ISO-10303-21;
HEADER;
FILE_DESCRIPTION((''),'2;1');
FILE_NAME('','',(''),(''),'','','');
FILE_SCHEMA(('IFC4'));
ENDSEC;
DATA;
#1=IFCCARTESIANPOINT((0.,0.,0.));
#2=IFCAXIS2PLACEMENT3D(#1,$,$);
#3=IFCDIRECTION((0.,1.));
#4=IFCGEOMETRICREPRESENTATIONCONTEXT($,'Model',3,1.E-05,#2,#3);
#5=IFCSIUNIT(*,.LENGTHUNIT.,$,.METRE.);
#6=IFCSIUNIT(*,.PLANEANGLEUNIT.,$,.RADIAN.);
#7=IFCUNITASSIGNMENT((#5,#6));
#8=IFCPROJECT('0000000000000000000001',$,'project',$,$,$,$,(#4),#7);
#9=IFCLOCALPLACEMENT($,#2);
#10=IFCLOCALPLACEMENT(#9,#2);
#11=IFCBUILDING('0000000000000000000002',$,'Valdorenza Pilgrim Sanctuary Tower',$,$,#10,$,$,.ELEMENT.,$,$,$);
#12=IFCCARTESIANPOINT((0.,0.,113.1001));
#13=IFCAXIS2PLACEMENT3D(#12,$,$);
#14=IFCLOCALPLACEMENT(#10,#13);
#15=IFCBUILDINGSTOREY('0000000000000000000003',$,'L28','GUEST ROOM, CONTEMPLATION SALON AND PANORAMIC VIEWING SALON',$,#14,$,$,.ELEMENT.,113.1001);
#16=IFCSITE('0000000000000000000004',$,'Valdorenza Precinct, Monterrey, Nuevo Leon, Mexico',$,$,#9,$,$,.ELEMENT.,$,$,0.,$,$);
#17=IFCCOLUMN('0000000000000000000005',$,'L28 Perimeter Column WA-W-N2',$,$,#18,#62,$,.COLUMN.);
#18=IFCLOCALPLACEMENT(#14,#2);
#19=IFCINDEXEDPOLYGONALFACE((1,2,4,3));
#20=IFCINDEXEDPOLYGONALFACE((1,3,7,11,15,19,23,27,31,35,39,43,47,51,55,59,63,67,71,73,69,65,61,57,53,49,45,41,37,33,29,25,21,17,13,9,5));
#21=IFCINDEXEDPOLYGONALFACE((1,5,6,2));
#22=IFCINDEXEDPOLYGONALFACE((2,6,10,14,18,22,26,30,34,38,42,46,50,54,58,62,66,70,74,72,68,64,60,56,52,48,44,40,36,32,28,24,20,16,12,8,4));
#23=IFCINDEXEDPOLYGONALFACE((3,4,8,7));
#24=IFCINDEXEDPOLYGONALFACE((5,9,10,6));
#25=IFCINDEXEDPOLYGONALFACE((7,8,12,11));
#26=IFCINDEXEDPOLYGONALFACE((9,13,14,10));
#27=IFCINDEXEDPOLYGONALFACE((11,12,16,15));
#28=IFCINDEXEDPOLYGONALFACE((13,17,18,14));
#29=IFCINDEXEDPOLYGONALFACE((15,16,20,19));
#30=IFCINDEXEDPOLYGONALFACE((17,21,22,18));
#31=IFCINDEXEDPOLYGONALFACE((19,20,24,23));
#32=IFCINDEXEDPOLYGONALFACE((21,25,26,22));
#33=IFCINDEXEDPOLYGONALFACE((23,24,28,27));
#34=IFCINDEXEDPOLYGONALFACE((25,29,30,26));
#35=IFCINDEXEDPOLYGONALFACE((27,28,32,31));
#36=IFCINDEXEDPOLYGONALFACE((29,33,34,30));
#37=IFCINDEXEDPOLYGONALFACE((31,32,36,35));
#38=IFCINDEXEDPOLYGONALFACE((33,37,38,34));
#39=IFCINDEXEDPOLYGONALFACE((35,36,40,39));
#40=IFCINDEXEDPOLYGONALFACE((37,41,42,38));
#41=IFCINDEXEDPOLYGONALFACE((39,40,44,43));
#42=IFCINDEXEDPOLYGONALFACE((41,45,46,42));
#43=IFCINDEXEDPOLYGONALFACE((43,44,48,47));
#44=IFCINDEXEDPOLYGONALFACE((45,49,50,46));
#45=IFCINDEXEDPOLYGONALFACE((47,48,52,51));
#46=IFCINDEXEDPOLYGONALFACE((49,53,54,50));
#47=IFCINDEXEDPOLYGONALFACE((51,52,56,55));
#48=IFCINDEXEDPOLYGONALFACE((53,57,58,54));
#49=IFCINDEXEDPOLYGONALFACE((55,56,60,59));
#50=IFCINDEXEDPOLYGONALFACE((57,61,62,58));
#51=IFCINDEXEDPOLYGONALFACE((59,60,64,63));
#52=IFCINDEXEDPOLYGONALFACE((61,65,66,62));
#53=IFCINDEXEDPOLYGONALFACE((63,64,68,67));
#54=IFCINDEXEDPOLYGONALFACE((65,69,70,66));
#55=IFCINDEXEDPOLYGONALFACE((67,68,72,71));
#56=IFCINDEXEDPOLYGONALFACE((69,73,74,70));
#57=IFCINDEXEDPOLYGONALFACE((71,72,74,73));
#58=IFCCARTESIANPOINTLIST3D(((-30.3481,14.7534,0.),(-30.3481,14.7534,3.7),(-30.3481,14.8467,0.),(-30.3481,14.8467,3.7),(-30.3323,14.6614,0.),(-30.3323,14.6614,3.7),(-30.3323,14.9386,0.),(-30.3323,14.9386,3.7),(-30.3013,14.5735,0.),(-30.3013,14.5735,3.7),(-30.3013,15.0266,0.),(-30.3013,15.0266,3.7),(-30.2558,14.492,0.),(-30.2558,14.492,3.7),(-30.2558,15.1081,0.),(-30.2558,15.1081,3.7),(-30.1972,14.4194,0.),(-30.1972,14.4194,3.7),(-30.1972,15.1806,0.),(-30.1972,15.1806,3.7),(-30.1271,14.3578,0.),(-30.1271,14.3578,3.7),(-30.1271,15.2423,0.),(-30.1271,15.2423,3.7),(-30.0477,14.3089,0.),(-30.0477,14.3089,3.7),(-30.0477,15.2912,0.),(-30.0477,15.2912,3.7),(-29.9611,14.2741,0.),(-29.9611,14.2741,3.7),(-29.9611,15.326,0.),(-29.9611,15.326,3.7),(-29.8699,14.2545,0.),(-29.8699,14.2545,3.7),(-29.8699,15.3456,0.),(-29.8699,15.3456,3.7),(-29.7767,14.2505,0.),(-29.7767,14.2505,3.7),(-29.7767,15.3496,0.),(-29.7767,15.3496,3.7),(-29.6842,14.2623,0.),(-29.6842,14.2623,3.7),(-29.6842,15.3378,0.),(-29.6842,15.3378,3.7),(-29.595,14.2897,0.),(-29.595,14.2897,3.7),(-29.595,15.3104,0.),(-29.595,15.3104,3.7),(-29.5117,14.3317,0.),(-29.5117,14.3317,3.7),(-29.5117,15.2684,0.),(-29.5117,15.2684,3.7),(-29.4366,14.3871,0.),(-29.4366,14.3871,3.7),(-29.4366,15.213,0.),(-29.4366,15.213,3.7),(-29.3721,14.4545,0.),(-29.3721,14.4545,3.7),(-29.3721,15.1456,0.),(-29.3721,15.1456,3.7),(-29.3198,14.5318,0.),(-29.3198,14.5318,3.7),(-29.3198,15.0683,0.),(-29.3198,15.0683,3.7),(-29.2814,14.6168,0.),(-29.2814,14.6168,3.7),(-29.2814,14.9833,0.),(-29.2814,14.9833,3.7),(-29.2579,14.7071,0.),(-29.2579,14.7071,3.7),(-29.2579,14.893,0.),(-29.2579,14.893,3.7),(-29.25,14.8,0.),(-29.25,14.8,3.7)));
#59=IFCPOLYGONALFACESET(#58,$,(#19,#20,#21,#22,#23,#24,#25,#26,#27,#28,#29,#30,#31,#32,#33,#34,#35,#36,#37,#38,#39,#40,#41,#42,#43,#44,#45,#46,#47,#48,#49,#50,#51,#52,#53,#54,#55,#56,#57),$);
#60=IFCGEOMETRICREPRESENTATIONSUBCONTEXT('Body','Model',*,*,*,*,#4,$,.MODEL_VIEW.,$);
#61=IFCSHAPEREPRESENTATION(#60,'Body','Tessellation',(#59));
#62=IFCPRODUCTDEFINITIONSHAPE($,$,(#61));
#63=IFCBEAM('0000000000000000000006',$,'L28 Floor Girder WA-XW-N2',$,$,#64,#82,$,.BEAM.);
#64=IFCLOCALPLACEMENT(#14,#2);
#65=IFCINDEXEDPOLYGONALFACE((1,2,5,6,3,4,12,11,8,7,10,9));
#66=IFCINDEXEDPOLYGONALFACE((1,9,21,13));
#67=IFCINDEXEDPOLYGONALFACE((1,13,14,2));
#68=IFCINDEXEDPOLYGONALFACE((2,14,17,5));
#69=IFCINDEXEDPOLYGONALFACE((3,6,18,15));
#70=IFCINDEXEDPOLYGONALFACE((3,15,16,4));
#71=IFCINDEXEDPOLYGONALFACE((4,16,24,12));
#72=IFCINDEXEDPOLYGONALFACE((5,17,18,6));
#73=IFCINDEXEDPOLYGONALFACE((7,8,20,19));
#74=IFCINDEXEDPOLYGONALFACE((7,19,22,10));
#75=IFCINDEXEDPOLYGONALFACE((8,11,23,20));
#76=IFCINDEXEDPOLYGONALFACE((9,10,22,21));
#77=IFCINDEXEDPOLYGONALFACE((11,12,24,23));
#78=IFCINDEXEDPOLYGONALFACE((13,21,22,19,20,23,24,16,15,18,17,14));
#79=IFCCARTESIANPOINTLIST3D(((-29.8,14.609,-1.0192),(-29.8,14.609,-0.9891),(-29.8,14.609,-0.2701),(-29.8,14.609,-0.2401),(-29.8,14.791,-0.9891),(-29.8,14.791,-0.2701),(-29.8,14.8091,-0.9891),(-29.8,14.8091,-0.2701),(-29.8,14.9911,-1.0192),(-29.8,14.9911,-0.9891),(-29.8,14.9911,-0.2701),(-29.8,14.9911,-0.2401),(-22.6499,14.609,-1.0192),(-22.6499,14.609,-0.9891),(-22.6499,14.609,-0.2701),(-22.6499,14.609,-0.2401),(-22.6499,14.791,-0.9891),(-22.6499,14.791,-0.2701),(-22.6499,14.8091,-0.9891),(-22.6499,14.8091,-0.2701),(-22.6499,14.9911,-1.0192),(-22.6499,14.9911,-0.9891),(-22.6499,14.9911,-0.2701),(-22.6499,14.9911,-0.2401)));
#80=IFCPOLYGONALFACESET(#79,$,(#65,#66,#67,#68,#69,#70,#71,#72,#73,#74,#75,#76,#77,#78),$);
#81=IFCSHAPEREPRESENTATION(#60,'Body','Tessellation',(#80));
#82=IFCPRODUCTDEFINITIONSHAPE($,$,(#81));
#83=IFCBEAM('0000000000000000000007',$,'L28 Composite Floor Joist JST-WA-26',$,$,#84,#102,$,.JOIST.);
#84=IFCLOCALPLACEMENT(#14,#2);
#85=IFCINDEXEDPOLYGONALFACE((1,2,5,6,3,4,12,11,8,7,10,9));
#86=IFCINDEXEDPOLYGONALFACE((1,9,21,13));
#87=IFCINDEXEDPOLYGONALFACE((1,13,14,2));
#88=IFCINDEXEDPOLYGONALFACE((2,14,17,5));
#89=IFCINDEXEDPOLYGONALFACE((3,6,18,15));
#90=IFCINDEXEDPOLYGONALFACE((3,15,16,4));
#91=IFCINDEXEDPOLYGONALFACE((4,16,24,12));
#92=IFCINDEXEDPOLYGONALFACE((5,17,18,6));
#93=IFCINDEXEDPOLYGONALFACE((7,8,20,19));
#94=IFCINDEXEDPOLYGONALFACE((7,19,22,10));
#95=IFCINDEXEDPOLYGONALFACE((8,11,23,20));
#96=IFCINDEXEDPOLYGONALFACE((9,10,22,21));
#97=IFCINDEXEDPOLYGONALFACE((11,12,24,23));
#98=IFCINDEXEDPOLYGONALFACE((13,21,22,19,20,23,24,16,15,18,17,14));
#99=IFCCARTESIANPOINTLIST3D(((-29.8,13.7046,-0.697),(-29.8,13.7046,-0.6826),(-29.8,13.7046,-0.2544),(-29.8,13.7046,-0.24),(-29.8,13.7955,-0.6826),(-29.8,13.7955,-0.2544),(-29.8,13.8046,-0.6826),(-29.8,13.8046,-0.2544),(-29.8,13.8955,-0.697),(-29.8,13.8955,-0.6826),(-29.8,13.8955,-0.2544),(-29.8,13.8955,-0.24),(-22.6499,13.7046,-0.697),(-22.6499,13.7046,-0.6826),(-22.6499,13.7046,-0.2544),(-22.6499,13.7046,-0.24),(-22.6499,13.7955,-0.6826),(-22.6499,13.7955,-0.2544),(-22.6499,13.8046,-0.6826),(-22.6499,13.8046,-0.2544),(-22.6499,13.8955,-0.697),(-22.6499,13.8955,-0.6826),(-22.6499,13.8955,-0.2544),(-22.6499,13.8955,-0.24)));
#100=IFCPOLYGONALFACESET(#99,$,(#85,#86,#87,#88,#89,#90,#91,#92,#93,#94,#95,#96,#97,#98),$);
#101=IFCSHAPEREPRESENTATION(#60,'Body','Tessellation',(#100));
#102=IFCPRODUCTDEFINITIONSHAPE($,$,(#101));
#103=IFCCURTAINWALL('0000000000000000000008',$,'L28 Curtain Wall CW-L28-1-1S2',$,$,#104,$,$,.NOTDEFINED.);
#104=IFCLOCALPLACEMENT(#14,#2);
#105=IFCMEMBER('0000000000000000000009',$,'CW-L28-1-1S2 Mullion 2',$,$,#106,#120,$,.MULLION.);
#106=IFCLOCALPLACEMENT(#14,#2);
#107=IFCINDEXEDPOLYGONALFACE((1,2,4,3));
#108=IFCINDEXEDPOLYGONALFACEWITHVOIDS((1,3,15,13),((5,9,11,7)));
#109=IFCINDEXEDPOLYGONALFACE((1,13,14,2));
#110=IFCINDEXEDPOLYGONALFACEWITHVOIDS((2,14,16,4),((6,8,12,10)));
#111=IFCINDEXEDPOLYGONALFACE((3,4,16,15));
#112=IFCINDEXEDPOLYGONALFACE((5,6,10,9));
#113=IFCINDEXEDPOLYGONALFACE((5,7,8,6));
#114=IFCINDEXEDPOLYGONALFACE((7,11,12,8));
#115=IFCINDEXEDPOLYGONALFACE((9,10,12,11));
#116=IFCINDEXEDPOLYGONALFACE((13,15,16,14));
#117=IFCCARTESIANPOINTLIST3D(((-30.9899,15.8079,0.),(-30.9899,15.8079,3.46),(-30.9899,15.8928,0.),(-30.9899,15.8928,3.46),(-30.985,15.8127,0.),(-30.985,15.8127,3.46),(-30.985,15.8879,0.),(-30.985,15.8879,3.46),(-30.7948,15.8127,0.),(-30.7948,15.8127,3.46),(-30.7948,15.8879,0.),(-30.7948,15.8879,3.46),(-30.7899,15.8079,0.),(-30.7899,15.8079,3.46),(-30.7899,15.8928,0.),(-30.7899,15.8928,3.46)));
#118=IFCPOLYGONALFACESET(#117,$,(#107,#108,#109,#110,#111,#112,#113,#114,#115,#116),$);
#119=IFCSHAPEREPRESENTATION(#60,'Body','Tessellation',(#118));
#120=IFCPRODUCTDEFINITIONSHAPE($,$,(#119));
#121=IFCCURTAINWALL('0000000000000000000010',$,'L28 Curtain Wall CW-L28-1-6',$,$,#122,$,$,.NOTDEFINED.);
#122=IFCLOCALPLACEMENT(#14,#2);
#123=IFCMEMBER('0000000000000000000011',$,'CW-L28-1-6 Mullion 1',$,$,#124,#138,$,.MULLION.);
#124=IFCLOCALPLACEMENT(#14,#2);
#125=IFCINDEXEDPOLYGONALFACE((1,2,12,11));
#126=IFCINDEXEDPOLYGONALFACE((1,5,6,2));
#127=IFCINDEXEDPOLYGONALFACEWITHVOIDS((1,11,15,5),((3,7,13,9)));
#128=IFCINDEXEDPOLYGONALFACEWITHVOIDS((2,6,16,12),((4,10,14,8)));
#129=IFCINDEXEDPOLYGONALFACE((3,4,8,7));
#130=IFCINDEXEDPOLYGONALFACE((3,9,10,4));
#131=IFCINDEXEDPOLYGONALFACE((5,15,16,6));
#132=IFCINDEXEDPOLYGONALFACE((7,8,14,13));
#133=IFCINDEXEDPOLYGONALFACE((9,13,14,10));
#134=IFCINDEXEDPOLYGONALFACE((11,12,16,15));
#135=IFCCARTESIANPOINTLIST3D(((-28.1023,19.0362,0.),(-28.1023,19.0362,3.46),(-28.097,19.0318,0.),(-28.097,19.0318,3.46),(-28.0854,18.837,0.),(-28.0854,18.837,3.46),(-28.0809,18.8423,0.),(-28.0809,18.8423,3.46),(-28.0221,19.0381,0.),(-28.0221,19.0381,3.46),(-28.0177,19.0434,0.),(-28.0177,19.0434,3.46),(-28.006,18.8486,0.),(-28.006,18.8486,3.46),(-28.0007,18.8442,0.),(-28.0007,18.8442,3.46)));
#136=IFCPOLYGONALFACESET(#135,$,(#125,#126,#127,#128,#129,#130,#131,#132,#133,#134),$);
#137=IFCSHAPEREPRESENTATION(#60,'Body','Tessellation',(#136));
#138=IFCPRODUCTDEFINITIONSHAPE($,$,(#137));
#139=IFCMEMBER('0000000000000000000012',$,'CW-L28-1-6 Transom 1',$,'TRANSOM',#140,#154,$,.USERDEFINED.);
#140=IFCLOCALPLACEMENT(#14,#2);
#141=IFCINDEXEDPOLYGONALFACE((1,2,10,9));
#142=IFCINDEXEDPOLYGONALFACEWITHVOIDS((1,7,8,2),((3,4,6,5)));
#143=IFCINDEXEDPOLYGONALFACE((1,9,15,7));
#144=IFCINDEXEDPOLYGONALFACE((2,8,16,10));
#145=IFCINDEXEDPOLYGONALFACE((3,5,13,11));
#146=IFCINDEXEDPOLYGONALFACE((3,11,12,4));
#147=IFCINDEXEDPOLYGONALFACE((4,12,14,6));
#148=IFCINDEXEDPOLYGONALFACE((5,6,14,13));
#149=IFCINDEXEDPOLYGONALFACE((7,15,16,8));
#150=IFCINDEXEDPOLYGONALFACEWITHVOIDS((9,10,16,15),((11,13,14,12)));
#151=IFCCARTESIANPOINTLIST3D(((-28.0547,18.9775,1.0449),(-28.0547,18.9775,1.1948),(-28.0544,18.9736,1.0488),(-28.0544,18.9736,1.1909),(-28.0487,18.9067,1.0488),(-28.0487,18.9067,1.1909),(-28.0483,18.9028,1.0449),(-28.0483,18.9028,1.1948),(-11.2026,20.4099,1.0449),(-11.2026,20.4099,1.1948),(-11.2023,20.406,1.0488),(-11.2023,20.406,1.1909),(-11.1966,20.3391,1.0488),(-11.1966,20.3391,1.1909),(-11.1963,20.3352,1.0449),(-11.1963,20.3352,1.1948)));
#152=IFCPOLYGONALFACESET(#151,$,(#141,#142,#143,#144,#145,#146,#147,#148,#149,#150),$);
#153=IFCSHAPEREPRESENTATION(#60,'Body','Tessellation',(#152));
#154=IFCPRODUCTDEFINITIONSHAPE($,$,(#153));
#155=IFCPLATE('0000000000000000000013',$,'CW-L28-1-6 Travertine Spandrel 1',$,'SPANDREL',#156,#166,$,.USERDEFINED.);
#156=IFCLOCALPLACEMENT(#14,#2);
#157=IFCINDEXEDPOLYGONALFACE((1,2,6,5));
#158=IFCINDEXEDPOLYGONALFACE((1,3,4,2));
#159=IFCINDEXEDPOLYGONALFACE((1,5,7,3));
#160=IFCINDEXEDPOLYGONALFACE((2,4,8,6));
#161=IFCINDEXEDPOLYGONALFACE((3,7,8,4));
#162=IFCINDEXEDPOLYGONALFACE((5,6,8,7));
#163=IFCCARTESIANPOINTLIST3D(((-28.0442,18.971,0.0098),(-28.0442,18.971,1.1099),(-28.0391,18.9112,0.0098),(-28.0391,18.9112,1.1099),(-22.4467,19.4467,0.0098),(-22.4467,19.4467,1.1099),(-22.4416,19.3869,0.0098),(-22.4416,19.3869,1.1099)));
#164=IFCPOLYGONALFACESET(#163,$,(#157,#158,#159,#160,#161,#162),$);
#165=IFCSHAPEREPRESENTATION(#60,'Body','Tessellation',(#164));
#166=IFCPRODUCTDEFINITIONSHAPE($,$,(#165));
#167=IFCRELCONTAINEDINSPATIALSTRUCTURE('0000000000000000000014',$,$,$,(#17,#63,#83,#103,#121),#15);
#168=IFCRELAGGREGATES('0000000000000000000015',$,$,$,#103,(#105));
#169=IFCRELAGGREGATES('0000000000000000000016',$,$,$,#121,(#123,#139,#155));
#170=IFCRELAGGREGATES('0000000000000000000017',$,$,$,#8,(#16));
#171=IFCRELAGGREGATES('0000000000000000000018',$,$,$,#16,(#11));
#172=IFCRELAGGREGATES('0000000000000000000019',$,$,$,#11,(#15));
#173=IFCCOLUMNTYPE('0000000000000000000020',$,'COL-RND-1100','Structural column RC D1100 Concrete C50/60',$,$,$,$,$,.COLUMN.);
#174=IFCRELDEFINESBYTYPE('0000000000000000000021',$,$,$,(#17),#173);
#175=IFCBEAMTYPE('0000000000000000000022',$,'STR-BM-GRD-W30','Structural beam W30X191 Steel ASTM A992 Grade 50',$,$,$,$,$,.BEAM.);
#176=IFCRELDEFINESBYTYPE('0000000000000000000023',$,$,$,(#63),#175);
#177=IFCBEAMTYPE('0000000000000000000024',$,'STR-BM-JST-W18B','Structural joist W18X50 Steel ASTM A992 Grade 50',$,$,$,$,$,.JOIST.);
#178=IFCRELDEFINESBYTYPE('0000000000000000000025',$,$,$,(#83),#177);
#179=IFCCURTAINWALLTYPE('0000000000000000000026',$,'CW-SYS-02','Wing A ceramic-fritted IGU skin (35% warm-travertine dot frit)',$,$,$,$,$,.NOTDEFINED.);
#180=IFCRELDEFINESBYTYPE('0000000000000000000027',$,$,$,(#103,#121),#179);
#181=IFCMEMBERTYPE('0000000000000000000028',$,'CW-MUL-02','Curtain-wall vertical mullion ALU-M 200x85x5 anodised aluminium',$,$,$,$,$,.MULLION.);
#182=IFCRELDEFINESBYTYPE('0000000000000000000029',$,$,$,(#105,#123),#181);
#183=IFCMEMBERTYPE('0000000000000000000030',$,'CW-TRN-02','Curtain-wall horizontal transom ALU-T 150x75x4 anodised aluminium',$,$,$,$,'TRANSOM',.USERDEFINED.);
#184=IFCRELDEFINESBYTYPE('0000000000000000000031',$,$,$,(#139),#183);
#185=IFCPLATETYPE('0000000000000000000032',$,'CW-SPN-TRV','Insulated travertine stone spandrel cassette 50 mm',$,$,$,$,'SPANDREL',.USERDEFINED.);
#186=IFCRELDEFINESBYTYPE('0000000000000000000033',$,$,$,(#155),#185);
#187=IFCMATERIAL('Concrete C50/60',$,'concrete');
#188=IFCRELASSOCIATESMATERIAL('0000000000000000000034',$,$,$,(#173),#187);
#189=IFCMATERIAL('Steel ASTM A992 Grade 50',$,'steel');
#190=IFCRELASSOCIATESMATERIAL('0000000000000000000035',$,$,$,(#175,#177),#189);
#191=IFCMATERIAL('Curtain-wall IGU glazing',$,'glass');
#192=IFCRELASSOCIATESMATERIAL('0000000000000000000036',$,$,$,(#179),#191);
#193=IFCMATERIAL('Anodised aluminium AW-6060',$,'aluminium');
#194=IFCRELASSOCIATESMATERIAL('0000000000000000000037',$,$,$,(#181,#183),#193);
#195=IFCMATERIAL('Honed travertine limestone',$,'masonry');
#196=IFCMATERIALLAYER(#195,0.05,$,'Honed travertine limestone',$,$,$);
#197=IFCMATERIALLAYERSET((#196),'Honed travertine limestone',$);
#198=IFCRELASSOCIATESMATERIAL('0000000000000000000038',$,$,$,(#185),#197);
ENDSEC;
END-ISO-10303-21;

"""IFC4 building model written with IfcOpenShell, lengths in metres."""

from ifc_helpers import new_model, si_unit, direction, frame, origin, origin_2d, place, context, subcontext, project, spatial, rectangle, hollow_rectangle, circle, i_section, extrude, source, transform, mapped, material, layer, layer_set, material_profile, profile_set, type_object, element, aggregate, save


model = new_model("IFC4")

# Units and contexts
model_context = context("Model", 3, precision=1e-05, world=origin(), true_north=direction((0.0, 1.0)))
body_context = subcontext(model_context, "Body", "Model", "MODEL_VIEW")
ifc_project = project(units=[si_unit("LENGTHUNIT", "METRE"), si_unit("PLANEANGLEUNIT", "RADIAN")], contexts=[model_context])

# Site, building, storey
site_placement = place(None, origin())
site = spatial("IfcSite", under=ifc_project, at=site_placement, Name="Valdorenza Precinct, Monterrey, Nuevo Leon, Mexico", CompositionType="ELEMENT", RefElevation=0.0)
building_placement = place(site_placement, origin())
building = spatial("IfcBuilding", under=site, at=building_placement, Name="Valdorenza Pilgrim Sanctuary Tower", CompositionType="ELEMENT")
storey_placement = place(building_placement, frame((0.0, 0.0, 113.1001)))
storey = spatial("IfcBuildingStorey", under=building, at=storey_placement, Name="L28", Description="GUEST ROOM, CONTEMPLATION SALON AND PANORAMIC VIEWING SALON", CompositionType="ELEMENT", Elevation=113.1001)

# Column
ifc_material_1 = material(Name="Concrete C50/60", Category="concrete")
ifc_material_profile_1 = material_profile(ifc_material_1, circle(Radius=0.55, at=origin_2d()), Name="RC D1100")
ifc_profile_set_1 = profile_set([ifc_material_profile_1], Name="Concrete C50/60")
column_type = type_object("IfcColumnType", Name="COL-RND-1100", Description="Structural column RC D1100 Concrete C50/60", PredefinedType="COLUMN", material=ifc_profile_set_1)
shared_shape_1 = source(origin(), body_context, "Body", "SweptSolid", [
    extrude(circle(Radius=0.55, at=origin_2d()), origin(), (0.0, 0.0, 1.0), 3.7),
])
column_placement = place(storey_placement, frame((-29.8, 14.8, 0.0), z_axis=(0.0, 0.0, 1.0), x_axis=(1.0, 0.0, 0.0)))
element("IfcColumn", 1, at=column_placement, inside=storey, type_object=column_type, Name="L28 Perimeter Column WA-W-N2", PredefinedType="COLUMN", context=body_context, shape_type="MappedRepresentation", body=[
    mapped(shared_shape_1, transform((0.0, 0.0, 0.0), x_axis=(1.0, 0.0, 0.0), y_axis=(0.0, 1.0, 0.0), z_axis=(0.0, 0.0, 1.0), scale=1.0)),
])

# Beams
ifc_material_2 = material(Name="Steel ASTM A992 Grade 50", Category="steel")
ifc_material_profile_2 = material_profile(ifc_material_2, i_section(OverallWidth=0.3821, OverallDepth=0.7791, WebThickness=0.0181, FlangeThickness=0.03, at=origin_2d()), Name="W30X191")
ifc_profile_set_2 = profile_set([ifc_material_profile_2], Name="Steel ASTM A992 Grade 50")
beam_type_1 = type_object("IfcBeamType", Name="STR-BM-GRD-W30", Description="Structural beam W30X191 Steel ASTM A992 Grade 50", PredefinedType="BEAM", material=ifc_profile_set_2)
shared_shape_2 = source(origin(), body_context, "Body", "SweptSolid", [
    extrude(i_section(OverallWidth=0.3821, OverallDepth=0.7791, WebThickness=0.0181, FlangeThickness=0.03, at=origin_2d()), origin(), (0.0, 0.0, 1.0), 7.1501),
])
beam_1_placement = place(storey_placement, frame((-29.8, 14.8, -0.6296), z_axis=(1.0, 0.0, 0.0), x_axis=(0.0, 1.0, 0.0)))
element("IfcBeam", 2, at=beam_1_placement, inside=storey, type_object=beam_type_1, Name="L28 Floor Girder WA-XW-N2", PredefinedType="BEAM", context=body_context, shape_type="MappedRepresentation", body=[
    mapped(shared_shape_2, transform((0.0, 0.0, 0.0), x_axis=(1.0, 0.0, 0.0), y_axis=(0.0, 1.0, 0.0), z_axis=(0.0, 0.0, 1.0), scale=1.0)),
])
ifc_material_profile_3 = material_profile(ifc_material_2, i_section(OverallWidth=0.1909, OverallDepth=0.457, WebThickness=0.009, FlangeThickness=0.0144, at=origin_2d()), Name="W18X50")
ifc_profile_set_3 = profile_set([ifc_material_profile_3], Name="Steel ASTM A992 Grade 50")
beam_type_2 = type_object("IfcBeamType", Name="STR-BM-JST-W18B", Description="Structural joist W18X50 Steel ASTM A992 Grade 50", PredefinedType="JOIST", material=ifc_profile_set_3)
shared_shape_3 = source(origin(), body_context, "Body", "SweptSolid", [
    extrude(i_section(OverallWidth=0.1909, OverallDepth=0.457, WebThickness=0.009, FlangeThickness=0.0144, at=origin_2d()), origin(), (0.0, 0.0, 1.0), 7.1501),
])
beam_2_placement = place(storey_placement, frame((-29.8, 13.8, -0.4685), z_axis=(1.0, 0.0, 0.0), x_axis=(0.0, 1.0, 0.0)))
element("IfcBeam", 3, at=beam_2_placement, inside=storey, type_object=beam_type_2, Name="L28 Composite Floor Joist JST-WA-26", PredefinedType="JOIST", context=body_context, shape_type="MappedRepresentation", body=[
    mapped(shared_shape_3, transform((0.0, 0.0, 0.0), x_axis=(1.0, 0.0, 0.0), y_axis=(0.0, 1.0, 0.0), z_axis=(0.0, 0.0, 1.0), scale=1.0)),
])

# Curtain wall, member
ifc_material_3 = material(Name="Curtain-wall IGU glazing", Category="glass")
curtain_wall_type = type_object("IfcCurtainWallType", Name="CW-SYS-02", Description="Wing A ceramic-fritted IGU skin (35% warm-travertine dot frit)", PredefinedType="NOTDEFINED", material=ifc_material_3)
curtain_wall_1_placement = place(storey_placement, origin())
curtain_wall_1 = element("IfcCurtainWall", 4, at=curtain_wall_1_placement, inside=storey, type_object=curtain_wall_type, Name="L28 Curtain Wall CW-L28-1-1S2", PredefinedType="NOTDEFINED")
ifc_material_4 = material(Name="Anodised aluminium AW-6060", Category="aluminium")
ifc_material_profile_4 = material_profile(ifc_material_4, hollow_rectangle(XDim=0.085, YDim=0.2, WallThickness=0.0049, at=origin_2d()), Name="ALU-M 200x85x5")
ifc_profile_set_4 = profile_set([ifc_material_profile_4], Name="Anodised aluminium AW-6060")
member_type_1 = type_object("IfcMemberType", Name="CW-MUL-02", Description="Curtain-wall vertical mullion ALU-M 200x85x5 anodised aluminium", PredefinedType="MULLION", material=ifc_profile_set_4)
shared_shape_4 = source(origin(), body_context, "Body", "SweptSolid", [
    extrude(hollow_rectangle(XDim=0.085, YDim=0.2, WallThickness=0.0049, at=origin_2d()), origin(), (0.0, 0.0, 1.0), 3.46),
])
member_1_placement = place(storey_placement, frame((-30.8899, 15.8503, 0.0), z_axis=(0.0, 0.0, 1.0), x_axis=(0.0, 1.0, 0.0)))
member_1 = element("IfcMember", 5, at=member_1_placement, type_object=member_type_1, Name="CW-L28-1-1S2 Mullion 2", PredefinedType="MULLION", context=body_context, shape_type="MappedRepresentation", body=[
    mapped(shared_shape_4, transform((0.0, 0.0, 0.0), x_axis=(1.0, 0.0, 0.0), y_axis=(0.0, 1.0, 0.0), z_axis=(0.0, 0.0, 1.0), scale=1.0)),
])
aggregate(curtain_wall_1, [member_1])

# Curtain wall, members, plate
curtain_wall_2_placement = place(storey_placement, origin())
curtain_wall_2 = element("IfcCurtainWall", 6, at=curtain_wall_2_placement, inside=storey, type_object=curtain_wall_type, Name="L28 Curtain Wall CW-L28-1-6", PredefinedType="NOTDEFINED")
member_2_placement = place(storey_placement, frame((-28.0515, 18.9402, 0.0), z_axis=(0.0, 0.0, 1.0), x_axis=(0.996408, 0.084687, 0.0)))
member_2 = element("IfcMember", 7, at=member_2_placement, type_object=member_type_1, Name="CW-L28-1-6 Mullion 1", PredefinedType="MULLION", context=body_context, shape_type="MappedRepresentation", body=[
    mapped(shared_shape_4, transform((0.0, 0.0, 0.0), x_axis=(1.0, 0.0, 0.0), y_axis=(0.0, 1.0, 0.0), z_axis=(0.0, 0.0, 1.0), scale=1.0)),
])
ifc_material_profile_5 = material_profile(ifc_material_4, hollow_rectangle(XDim=0.075, YDim=0.1499, WallThickness=0.0039, at=origin_2d()), Name="ALU-T 150x75x4")
ifc_profile_set_5 = profile_set([ifc_material_profile_5], Name="Anodised aluminium AW-6060")
member_type_2 = type_object("IfcMemberType", Name="CW-TRN-02", Description="Curtain-wall horizontal transom ALU-T 150x75x4 anodised aluminium", ElementType="TRANSOM", PredefinedType="USERDEFINED", material=ifc_profile_set_5)
shared_shape_5 = source(origin(), body_context, "Body", "SweptSolid", [
    extrude(hollow_rectangle(XDim=0.075, YDim=0.1499, WallThickness=0.0039, at=origin_2d()), origin(), (0.0, 0.0, 1.0), 16.9128),
])
member_3_placement = place(storey_placement, frame((-28.0515, 18.9402, 1.1199), z_axis=(0.996407, 0.084692, 0.0), x_axis=(-0.084692, 0.996407, 0.0)))
member_3 = element("IfcMember", 8, at=member_3_placement, type_object=member_type_2, Name="CW-L28-1-6 Transom 1", ObjectType="TRANSOM", PredefinedType="USERDEFINED", context=body_context, shape_type="MappedRepresentation", body=[
    mapped(shared_shape_5, transform((0.0, 0.0, 0.0), x_axis=(1.0, 0.0, 0.0), y_axis=(0.0, 1.0, 0.0), z_axis=(0.0, 0.0, 1.0), scale=1.0)),
])
ifc_material_5 = material(Name="Honed travertine limestone", Category="masonry")
ifc_layer_1 = layer(ifc_material_5, 0.05, Name="Honed travertine limestone")
ifc_layer_set_1 = layer_set([ifc_layer_1], Name="Honed travertine limestone")
plate_type_1 = type_object("IfcPlateType", Name="CW-SPN-TRV", Description="Insulated travertine stone spandrel cassette 50 mm", ElementType="SPANDREL", PredefinedType="USERDEFINED", material=ifc_layer_set_1)
shared_shape_6 = source(origin(), body_context, "Body", "SweptSolid", [
    extrude(rectangle(XDim=5.6177, YDim=0.0601, at=origin_2d()), origin(), (0.0, 0.0, 1.0), 1.1001),
])
plate_1_placement = place(storey_placement, frame((-25.2429, 19.179, 0.0098), z_axis=(0.0, 0.0, 1.0), x_axis=(0.996408, 0.084687, 0.0)))
plate_1 = element("IfcPlate", 9, at=plate_1_placement, type_object=plate_type_1, Name="CW-L28-1-6 Travertine Spandrel 1", ObjectType="SPANDREL", PredefinedType="USERDEFINED", context=body_context, shape_type="MappedRepresentation", body=[
    mapped(shared_shape_6, transform((0.0, 0.0, 0.0), x_axis=(1.0, 0.0, 0.0), y_axis=(0.0, 1.0, 0.0), z_axis=(0.0, 0.0, 1.0), scale=1.0)),
])
aggregate(curtain_wall_2, [member_2, member_3, plate_1])

save(model, "model.ifc")
